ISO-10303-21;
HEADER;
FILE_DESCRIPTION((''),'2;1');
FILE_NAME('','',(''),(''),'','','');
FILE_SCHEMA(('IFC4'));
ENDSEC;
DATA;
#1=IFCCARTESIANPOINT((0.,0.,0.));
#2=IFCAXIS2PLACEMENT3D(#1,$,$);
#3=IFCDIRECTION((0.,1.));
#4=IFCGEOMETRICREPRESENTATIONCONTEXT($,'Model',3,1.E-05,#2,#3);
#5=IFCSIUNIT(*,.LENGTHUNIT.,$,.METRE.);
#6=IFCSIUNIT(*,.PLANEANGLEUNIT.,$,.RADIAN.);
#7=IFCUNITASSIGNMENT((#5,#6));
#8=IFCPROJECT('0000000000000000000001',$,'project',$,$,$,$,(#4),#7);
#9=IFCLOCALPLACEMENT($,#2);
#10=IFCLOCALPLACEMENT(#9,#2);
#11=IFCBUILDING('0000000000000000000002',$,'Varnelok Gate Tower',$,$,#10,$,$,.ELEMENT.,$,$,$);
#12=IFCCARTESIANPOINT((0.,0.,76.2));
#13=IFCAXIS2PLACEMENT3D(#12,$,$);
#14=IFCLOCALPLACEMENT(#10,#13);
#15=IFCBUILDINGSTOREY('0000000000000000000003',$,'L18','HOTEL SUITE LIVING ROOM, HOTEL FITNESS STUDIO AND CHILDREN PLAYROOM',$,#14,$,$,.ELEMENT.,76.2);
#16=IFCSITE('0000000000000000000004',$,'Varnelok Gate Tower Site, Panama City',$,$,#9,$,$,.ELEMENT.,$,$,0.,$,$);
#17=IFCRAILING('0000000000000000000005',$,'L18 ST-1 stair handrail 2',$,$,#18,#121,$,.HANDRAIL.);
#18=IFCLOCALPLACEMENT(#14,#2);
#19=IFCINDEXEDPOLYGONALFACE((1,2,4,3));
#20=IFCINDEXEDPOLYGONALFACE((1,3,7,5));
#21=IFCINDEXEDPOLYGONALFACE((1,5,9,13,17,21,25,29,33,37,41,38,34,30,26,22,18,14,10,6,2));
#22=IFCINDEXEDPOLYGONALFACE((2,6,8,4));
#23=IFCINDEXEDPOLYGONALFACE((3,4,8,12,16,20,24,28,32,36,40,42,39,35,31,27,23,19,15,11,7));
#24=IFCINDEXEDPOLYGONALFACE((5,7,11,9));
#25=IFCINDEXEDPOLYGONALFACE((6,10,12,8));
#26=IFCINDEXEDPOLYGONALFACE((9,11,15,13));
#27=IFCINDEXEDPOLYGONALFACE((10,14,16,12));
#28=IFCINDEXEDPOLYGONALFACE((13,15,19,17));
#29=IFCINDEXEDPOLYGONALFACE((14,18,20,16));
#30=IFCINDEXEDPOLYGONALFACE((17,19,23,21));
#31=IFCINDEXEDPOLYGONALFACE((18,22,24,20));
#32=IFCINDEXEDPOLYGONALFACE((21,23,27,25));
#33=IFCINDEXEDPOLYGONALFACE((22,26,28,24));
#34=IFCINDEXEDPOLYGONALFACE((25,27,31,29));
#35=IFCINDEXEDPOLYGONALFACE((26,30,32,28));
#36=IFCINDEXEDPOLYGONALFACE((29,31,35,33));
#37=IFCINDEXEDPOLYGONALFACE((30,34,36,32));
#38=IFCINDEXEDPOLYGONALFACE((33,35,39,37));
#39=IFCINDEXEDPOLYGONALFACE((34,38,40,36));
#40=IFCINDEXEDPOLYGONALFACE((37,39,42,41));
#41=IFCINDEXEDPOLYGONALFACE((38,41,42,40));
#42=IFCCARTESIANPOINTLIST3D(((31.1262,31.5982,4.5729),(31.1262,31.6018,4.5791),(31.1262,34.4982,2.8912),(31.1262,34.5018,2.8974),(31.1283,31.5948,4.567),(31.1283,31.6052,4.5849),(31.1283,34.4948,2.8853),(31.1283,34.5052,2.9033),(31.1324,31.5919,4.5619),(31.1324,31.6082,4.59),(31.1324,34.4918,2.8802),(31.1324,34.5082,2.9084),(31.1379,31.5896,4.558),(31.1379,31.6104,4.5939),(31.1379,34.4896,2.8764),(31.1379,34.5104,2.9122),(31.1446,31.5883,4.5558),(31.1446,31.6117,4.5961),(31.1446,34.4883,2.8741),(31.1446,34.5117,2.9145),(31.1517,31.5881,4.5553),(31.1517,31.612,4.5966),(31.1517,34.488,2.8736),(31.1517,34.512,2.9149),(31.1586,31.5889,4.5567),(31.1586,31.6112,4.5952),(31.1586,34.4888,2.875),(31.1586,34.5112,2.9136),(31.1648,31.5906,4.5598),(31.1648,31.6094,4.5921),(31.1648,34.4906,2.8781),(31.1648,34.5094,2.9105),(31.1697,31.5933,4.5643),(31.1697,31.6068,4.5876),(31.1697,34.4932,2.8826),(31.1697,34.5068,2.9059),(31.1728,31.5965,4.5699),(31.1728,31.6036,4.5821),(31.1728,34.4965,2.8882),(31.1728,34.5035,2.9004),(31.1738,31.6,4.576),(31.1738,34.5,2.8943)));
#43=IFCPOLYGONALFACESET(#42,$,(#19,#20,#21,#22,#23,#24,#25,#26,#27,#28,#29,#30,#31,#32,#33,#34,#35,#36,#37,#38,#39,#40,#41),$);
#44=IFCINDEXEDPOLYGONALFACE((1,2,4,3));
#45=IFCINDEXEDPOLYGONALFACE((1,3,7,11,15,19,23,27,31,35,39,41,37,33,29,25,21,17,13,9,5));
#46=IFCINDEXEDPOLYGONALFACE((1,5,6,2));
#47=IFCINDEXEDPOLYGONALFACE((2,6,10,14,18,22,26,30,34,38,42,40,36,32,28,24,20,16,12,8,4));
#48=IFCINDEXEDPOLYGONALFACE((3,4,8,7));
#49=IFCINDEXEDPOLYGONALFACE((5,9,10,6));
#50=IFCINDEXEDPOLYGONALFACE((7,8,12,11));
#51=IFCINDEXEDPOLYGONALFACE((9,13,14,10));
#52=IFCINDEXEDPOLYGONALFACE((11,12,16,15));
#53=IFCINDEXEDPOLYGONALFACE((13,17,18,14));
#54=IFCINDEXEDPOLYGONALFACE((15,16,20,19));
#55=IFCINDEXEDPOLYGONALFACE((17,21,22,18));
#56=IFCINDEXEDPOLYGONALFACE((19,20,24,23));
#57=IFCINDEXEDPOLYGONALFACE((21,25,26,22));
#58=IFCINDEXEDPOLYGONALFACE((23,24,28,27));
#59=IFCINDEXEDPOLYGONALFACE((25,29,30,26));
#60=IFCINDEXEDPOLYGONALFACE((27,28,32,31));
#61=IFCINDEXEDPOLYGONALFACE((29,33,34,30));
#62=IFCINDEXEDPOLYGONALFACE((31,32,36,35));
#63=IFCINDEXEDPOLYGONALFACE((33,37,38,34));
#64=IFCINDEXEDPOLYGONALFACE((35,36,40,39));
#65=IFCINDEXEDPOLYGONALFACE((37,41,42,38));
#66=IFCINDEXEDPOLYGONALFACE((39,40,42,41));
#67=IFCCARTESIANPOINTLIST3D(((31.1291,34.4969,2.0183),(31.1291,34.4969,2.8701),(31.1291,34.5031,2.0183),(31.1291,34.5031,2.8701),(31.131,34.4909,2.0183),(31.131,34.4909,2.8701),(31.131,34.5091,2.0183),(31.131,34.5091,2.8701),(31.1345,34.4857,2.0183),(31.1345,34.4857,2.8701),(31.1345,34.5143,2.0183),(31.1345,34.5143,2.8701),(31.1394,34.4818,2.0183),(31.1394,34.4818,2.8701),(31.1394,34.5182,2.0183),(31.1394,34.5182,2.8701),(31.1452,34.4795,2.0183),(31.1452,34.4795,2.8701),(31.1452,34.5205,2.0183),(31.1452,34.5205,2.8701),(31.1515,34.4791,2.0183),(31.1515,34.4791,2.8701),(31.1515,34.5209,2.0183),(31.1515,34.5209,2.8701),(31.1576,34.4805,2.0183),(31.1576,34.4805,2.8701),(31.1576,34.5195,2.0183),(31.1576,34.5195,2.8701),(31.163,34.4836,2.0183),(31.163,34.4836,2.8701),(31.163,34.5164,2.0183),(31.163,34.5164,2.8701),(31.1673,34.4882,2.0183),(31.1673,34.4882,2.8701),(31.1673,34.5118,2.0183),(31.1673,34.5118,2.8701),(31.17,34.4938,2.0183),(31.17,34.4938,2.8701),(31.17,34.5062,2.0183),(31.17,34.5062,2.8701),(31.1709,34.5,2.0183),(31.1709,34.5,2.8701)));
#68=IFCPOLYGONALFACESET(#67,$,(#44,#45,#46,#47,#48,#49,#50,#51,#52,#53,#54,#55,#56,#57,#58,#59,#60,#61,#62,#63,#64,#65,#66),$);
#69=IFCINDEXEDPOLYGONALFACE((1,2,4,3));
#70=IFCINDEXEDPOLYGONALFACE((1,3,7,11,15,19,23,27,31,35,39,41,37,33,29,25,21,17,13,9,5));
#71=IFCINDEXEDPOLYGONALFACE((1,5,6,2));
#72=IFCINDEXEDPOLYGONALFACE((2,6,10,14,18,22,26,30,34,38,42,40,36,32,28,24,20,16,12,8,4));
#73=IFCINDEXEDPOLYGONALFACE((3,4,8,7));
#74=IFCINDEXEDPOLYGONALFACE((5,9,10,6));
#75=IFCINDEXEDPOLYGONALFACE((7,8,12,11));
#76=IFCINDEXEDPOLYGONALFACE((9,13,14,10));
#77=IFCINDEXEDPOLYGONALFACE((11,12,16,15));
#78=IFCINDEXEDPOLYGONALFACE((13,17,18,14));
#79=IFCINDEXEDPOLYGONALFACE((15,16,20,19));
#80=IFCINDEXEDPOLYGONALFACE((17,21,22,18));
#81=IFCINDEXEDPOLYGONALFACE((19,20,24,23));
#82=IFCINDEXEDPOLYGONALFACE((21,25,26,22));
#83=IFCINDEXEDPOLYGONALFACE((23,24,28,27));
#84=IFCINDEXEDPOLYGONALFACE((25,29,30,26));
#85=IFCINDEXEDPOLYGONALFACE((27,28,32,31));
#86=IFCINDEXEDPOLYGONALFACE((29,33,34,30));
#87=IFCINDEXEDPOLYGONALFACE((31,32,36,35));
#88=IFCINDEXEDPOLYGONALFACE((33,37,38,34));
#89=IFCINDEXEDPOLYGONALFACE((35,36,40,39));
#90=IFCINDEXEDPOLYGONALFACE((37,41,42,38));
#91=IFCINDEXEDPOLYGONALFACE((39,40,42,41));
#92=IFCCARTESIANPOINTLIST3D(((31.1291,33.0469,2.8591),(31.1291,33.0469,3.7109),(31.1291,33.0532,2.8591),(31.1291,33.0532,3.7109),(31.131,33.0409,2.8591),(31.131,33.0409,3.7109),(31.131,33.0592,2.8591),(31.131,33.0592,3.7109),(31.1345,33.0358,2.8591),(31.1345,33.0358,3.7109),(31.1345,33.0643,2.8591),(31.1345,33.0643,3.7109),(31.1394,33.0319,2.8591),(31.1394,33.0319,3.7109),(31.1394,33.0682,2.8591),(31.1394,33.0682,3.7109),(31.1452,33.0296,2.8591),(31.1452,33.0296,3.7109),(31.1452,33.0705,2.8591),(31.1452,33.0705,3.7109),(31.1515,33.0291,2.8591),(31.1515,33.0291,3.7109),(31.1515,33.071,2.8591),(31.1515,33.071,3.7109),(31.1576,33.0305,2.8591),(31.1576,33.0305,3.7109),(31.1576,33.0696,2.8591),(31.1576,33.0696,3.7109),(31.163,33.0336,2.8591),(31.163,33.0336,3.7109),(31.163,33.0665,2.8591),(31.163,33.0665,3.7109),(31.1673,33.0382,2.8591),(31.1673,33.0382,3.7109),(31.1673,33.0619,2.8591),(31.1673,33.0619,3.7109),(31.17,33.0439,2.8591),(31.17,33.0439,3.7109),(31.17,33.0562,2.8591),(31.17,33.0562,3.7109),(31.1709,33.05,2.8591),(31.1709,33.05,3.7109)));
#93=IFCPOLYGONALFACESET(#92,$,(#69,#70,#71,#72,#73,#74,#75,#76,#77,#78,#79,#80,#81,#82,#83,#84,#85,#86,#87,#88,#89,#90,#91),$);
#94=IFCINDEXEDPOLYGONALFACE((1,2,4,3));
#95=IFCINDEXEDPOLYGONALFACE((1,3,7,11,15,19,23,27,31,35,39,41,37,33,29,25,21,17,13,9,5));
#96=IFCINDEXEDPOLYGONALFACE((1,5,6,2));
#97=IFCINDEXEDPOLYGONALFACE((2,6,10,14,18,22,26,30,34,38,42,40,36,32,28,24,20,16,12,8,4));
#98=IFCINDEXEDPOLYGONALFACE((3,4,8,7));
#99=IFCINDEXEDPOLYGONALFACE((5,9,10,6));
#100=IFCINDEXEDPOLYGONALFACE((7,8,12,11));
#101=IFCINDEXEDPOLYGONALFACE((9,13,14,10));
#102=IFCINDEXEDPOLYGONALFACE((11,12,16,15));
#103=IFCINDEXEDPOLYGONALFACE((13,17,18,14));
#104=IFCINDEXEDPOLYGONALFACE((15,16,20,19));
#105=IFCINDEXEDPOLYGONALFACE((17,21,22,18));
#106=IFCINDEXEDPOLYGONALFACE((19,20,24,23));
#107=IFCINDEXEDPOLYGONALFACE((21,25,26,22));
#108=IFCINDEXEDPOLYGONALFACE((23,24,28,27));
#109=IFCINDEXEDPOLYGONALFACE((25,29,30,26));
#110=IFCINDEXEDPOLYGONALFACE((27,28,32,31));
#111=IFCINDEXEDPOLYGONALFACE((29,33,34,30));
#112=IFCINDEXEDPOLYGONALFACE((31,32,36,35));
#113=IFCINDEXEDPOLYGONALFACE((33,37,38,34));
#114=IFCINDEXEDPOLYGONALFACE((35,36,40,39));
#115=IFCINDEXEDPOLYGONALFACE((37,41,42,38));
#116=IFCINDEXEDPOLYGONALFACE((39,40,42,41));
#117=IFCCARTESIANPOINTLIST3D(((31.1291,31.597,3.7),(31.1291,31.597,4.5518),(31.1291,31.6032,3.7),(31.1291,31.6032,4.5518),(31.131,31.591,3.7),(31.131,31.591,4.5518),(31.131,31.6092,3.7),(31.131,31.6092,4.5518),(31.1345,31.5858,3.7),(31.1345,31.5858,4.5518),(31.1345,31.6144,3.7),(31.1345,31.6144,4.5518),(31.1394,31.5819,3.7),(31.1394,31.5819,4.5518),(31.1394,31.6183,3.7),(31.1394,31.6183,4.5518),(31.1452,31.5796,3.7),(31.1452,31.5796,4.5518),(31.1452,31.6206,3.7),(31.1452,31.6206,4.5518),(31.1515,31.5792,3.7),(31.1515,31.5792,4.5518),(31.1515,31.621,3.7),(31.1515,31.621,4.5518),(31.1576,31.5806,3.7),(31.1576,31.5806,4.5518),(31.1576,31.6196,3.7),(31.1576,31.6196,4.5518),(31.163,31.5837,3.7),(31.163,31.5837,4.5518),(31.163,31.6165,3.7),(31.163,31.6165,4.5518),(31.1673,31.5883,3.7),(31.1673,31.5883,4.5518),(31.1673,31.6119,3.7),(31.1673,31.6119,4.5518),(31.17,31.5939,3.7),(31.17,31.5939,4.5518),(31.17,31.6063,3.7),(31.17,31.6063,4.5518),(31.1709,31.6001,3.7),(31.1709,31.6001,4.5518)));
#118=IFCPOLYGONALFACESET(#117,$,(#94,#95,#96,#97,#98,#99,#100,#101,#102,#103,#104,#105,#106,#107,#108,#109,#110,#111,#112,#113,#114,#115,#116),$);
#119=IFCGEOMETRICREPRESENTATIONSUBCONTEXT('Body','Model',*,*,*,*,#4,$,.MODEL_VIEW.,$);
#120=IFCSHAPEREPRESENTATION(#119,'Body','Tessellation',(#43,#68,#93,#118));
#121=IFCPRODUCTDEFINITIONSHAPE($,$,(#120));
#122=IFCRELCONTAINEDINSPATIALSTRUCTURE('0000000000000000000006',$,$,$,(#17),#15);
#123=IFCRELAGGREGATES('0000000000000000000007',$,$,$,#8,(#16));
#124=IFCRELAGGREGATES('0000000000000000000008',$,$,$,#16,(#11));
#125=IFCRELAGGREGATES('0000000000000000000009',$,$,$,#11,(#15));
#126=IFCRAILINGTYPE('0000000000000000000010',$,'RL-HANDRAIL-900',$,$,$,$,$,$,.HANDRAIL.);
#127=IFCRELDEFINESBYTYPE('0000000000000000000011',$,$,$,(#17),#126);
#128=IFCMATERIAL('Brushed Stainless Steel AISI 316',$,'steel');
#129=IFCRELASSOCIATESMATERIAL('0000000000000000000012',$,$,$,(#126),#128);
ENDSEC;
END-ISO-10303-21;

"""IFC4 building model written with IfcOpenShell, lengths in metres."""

from ifc_helpers import new_model, si_unit, direction, frame, origin, origin_2d, place, context, subcontext, project, spatial, circle, extrude, material, type_object, element, save


model = new_model("IFC4")

# Units and contexts
model_context = context("Model", 3, precision=1e-05, world=origin(), true_north=direction((0.0, 1.0)))
body_context = subcontext(model_context, "Body", "Model", "MODEL_VIEW")
ifc_project = project(units=[si_unit("LENGTHUNIT", "METRE"), si_unit("PLANEANGLEUNIT", "RADIAN")], contexts=[model_context])

# Site, building, storey
site_placement = place(None, origin())
site = spatial("IfcSite", under=ifc_project, at=site_placement, Name="Varnelok Gate Tower Site, Panama City", CompositionType="ELEMENT", RefElevation=0.0)
building_placement = place(site_placement, origin())
building = spatial("IfcBuilding", under=site, at=building_placement, Name="Varnelok Gate Tower", CompositionType="ELEMENT")
storey_placement = place(building_placement, frame((0.0, 0.0, 76.2)))
storey = spatial("IfcBuildingStorey", under=building, at=storey_placement, Name="L18", Description="HOTEL SUITE LIVING ROOM, HOTEL FITNESS STUDIO AND CHILDREN PLAYROOM", CompositionType="ELEMENT", Elevation=76.2)

# Railing
ifc_material_1 = material(Name="Brushed Stainless Steel AISI 316", Category="steel")
railing_type_1 = type_object("IfcRailingType", Name="RL-HANDRAIL-900", PredefinedType="HANDRAIL", material=ifc_material_1)
railing_1_placement = place(storey_placement, frame((31.1499, 34.5, 2.0183)))
element("IfcRailing", 1, at=railing_1_placement, inside=storey, type_object=railing_type_1, Name="L18 ST-1 stair handrail 2", PredefinedType="HANDRAIL", context=body_context, shape_type="SweptSolid", body=[
    extrude(circle(Radius=0.0239, at=origin_2d()), frame((0.0, 0.0, 0.876), z_axis=(0.0, -0.86507, 0.501651), x_axis=(1.0, 0.0, 0.0)), (0.0, 0.0, 1.0), 3.3523),
    extrude(circle(Radius=0.021, at=origin_2d()), origin(), (0.0, 0.0, 1.0), 0.8518),
    extrude(circle(Radius=0.021, at=origin_2d()), frame((0.0, -1.45, 0.8408)), (0.0, 0.0, 1.0), 0.8518),
    extrude(circle(Radius=0.021, at=origin_2d()), frame((0.0, -2.8999, 1.6816)), (0.0, 0.0, 1.0), 0.8518),
])

save(model, "model.ifc")
